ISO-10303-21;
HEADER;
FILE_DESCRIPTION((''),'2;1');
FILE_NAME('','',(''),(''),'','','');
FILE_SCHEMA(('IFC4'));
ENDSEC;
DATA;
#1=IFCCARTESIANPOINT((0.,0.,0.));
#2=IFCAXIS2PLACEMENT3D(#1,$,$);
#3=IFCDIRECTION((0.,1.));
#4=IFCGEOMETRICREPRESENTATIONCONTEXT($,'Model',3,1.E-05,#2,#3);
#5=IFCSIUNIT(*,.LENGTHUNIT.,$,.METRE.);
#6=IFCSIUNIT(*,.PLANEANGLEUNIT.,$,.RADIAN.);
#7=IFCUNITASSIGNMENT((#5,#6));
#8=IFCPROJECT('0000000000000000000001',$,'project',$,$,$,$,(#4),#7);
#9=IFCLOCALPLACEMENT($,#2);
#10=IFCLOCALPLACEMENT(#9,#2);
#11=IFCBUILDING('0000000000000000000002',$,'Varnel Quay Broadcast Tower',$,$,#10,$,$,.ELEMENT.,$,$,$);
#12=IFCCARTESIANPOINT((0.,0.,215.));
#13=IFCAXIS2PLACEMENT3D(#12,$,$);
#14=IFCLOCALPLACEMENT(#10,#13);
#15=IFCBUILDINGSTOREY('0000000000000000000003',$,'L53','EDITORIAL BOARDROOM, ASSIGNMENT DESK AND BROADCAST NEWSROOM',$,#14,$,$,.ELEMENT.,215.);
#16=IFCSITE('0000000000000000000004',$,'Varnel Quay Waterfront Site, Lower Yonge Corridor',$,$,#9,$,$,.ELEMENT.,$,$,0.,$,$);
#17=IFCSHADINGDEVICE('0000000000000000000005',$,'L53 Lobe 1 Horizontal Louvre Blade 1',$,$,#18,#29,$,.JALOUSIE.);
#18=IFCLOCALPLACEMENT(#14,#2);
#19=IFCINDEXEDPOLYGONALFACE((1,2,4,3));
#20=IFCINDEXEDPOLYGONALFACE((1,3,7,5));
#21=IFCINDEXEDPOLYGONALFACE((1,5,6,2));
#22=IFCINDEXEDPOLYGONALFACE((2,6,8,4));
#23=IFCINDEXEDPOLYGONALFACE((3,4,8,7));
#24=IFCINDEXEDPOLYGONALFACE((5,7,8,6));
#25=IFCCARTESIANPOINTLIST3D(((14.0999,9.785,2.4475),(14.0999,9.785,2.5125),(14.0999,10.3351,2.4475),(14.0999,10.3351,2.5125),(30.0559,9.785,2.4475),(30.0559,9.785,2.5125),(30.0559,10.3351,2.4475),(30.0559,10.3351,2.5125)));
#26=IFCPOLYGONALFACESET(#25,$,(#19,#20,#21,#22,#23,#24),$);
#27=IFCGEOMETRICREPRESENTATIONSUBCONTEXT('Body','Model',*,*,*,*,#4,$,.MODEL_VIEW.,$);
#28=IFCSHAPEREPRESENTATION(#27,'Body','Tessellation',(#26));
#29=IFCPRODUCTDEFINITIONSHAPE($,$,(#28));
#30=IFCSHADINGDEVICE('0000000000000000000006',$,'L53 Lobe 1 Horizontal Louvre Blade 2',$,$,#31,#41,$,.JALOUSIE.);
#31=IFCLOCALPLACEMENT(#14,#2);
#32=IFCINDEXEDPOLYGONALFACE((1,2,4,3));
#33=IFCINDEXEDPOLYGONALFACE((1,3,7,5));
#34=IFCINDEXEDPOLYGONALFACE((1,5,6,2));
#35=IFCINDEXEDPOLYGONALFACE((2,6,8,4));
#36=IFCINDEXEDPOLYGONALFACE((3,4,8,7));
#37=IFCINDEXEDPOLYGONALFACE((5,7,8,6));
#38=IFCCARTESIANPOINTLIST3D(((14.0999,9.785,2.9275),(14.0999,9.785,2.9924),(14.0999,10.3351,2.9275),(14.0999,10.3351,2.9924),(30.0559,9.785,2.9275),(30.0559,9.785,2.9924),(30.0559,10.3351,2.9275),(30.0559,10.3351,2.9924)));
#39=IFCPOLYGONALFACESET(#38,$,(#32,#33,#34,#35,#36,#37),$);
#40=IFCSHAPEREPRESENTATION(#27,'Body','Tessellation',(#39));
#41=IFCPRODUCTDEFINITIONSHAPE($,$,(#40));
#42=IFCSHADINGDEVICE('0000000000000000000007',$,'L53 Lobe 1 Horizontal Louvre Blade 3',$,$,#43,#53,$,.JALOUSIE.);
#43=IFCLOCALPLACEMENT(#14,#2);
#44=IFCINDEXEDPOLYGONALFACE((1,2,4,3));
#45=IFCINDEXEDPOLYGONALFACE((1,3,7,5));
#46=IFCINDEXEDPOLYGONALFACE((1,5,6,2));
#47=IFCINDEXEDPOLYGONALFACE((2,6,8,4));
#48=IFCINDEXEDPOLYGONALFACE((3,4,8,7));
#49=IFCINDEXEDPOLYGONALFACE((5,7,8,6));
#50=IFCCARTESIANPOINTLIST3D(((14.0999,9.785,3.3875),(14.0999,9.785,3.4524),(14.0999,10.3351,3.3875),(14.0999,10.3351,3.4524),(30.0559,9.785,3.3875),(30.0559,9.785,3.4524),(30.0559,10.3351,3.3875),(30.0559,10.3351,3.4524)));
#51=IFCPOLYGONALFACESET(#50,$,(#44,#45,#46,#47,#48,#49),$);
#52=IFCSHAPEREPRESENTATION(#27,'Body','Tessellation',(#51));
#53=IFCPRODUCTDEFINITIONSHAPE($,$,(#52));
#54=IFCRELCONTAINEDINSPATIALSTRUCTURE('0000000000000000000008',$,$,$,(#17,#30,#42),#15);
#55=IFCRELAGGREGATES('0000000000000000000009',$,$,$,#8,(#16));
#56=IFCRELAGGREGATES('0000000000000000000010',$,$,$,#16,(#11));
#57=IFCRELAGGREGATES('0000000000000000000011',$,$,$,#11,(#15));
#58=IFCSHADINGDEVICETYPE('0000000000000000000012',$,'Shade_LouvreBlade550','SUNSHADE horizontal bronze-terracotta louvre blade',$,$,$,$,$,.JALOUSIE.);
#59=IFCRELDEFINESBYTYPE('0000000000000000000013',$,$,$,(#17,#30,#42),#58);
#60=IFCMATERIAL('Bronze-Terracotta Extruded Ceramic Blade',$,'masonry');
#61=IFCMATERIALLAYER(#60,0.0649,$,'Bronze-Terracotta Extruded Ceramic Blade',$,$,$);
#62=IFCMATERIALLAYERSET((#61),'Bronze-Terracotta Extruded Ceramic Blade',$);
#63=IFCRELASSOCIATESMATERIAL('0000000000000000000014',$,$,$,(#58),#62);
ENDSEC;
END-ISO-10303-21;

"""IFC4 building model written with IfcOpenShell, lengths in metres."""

from ifc_helpers import new_model, si_unit, direction, frame, origin, origin_2d, place, context, subcontext, project, spatial, rectangle, extrude, source, transform, mapped, material, layer, layer_set, type_object, type_shapes, element, save


model = new_model("IFC4")

# Units and contexts
model_context = context("Model", 3, precision=1e-05, world=origin(), true_north=direction((0.0, 1.0)))
body_context = subcontext(model_context, "Body", "Model", "MODEL_VIEW")
ifc_project = project(units=[si_unit("LENGTHUNIT", "METRE"), si_unit("PLANEANGLEUNIT", "RADIAN")], contexts=[model_context])

# Site, building, storey
site_placement = place(None, origin())
site = spatial("IfcSite", under=ifc_project, at=site_placement, Name="Varnel Quay Waterfront Site, Lower Yonge Corridor", CompositionType="ELEMENT", RefElevation=0.0)
building_placement = place(site_placement, origin())
building = spatial("IfcBuilding", under=site, at=building_placement, Name="Varnel Quay Broadcast Tower", CompositionType="ELEMENT")
storey_placement = place(building_placement, frame((0.0, 0.0, 215.0)))
storey = spatial("IfcBuildingStorey", under=building, at=storey_placement, Name="L53", Description="EDITORIAL BOARDROOM, ASSIGNMENT DESK AND BROADCAST NEWSROOM", CompositionType="ELEMENT", Elevation=215.0)

# Shared definitions
ifc_material_1 = material(Name="Bronze-Terracotta Extruded Ceramic Blade", Category="masonry")

# Shading devices
ifc_layer_1 = layer(ifc_material_1, 0.0649, Name="Bronze-Terracotta Extruded Ceramic Blade")
ifc_layer_set_1 = layer_set([ifc_layer_1], Name="Bronze-Terracotta Extruded Ceramic Blade")
shading_device_type = type_object("IfcShadingDeviceType", Name="Shade_LouvreBlade550", Description="SUNSHADE horizontal bronze-terracotta louvre blade", PredefinedType="JALOUSIE", material=ifc_layer_set_1)
shared_shape_1 = source(origin(), body_context, "Body", "SweptSolid", [
    extrude(rectangle(XDim=15.9561, YDim=0.55, at=origin_2d()), origin(), (0.0, 0.0, 1.0), 0.0649),
])
type_shapes(shading_device_type, [shared_shape_1])
for number, where, z_axis, x_axis, name in (
    (1, (22.0779, 10.0601, 2.4475), (0.0, 0.0, 1.0), (1.0, 0.0, 0.0), "L53 Lobe 1 Horizontal Louvre Blade 1"),
    (2, (22.0779, 10.0601, 2.9275), (0.0, 0.0, 1.0), (1.0, 0.0, 0.0), "L53 Lobe 1 Horizontal Louvre Blade 2"),
    (3, (22.0779, 10.0601, 3.3875), (0.0, 0.0, 1.0), (1.0, 0.0, 0.0), "L53 Lobe 1 Horizontal Louvre Blade 3"),
):
    element("IfcShadingDevice", number, at=place(storey_placement, frame(where, z_axis=z_axis, x_axis=x_axis)), inside=storey, type_object=shading_device_type, Name=name, PredefinedType="JALOUSIE", context=body_context, shape_type="MappedRepresentation", body=[
        mapped(shared_shape_1, transform((0.0, 0.0, 0.0), x_axis=(1.0, 0.0, 0.0), y_axis=(0.0, 1.0, 0.0), z_axis=(0.0, 0.0, 1.0), scale=1.0)),
    ])

save(model, "model.ifc")
